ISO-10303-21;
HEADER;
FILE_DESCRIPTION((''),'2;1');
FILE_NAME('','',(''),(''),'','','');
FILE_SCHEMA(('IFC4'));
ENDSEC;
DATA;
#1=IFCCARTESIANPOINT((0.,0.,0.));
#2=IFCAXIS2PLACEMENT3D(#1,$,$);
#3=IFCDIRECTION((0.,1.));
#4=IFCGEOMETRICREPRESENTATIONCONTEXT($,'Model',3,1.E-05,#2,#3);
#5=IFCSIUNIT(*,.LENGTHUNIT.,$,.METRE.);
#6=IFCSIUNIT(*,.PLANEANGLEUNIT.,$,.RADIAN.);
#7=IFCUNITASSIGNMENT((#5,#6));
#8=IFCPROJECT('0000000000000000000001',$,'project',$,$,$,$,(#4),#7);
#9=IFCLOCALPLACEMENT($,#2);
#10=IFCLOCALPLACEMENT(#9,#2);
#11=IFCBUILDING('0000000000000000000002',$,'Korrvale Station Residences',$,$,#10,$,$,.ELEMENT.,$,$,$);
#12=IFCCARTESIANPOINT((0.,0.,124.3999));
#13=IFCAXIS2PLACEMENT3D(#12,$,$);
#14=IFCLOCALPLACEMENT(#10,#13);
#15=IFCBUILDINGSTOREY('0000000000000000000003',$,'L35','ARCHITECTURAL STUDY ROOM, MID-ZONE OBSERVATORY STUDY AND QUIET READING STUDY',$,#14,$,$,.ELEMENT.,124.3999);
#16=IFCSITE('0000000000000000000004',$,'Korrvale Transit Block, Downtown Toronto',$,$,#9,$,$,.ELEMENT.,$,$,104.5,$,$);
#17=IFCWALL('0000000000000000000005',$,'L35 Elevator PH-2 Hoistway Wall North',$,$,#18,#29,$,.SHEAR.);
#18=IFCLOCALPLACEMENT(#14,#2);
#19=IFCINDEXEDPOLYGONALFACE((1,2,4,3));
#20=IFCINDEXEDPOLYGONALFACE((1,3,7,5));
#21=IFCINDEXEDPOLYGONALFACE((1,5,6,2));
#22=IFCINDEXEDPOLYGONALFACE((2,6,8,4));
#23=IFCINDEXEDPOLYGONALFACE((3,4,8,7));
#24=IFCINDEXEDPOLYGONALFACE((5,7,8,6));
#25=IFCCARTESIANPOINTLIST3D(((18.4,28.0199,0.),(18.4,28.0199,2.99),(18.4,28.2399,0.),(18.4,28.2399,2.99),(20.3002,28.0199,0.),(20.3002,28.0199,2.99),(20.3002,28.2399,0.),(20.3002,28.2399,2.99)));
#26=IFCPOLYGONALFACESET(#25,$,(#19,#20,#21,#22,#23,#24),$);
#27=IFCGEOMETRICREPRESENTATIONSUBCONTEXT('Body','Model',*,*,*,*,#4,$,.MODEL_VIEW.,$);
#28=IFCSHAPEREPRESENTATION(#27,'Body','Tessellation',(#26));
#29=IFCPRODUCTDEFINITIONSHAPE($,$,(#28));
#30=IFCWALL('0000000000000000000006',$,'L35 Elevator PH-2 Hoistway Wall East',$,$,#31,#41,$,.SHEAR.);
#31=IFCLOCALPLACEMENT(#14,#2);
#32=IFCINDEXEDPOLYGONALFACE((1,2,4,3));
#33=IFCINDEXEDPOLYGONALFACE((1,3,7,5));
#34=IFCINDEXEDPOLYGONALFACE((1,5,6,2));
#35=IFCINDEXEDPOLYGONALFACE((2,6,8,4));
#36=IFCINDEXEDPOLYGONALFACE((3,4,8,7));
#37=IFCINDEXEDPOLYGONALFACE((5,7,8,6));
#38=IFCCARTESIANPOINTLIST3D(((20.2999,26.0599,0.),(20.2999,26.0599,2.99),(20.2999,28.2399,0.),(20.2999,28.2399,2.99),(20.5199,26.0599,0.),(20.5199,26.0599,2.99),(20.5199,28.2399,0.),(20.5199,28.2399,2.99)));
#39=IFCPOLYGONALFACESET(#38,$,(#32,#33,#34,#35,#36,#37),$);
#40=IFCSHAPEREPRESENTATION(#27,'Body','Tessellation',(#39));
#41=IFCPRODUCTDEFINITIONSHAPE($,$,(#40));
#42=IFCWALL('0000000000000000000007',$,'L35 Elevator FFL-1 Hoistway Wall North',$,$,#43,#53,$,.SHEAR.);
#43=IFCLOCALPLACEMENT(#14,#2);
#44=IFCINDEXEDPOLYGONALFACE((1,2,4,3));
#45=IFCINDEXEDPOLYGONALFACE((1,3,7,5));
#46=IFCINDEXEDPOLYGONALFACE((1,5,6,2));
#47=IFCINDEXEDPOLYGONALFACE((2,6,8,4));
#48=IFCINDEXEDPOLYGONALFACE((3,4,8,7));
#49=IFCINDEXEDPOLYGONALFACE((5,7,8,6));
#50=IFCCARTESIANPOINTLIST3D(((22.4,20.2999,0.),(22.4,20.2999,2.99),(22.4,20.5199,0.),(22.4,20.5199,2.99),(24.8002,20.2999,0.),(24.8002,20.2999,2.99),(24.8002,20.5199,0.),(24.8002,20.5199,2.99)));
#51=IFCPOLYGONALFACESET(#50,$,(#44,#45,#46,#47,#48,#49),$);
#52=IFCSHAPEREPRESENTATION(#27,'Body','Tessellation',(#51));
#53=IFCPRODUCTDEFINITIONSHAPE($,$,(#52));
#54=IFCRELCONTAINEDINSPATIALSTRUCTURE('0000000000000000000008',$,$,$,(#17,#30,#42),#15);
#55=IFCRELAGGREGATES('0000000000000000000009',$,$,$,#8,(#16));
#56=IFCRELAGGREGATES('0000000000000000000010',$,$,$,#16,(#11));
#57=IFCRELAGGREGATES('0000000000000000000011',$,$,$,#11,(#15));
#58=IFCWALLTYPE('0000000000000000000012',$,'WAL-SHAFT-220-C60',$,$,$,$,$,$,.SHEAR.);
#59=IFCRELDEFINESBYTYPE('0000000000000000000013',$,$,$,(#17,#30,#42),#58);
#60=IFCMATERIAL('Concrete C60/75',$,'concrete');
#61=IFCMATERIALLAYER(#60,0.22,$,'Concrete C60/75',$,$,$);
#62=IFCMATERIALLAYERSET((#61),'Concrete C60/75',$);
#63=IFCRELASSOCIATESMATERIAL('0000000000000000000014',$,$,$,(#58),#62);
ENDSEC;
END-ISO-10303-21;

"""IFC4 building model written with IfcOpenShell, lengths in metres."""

from ifc_helpers import new_model, si_unit, direction, frame, frame_2d, origin, place, context, subcontext, project, spatial, rectangle, extrude, material, layer, layer_set, type_object, element, save


model = new_model("IFC4")

# Units and contexts
model_context = context("Model", 3, precision=1e-05, world=origin(), true_north=direction((0.0, 1.0)))
body_context = subcontext(model_context, "Body", "Model", "MODEL_VIEW")
ifc_project = project(units=[si_unit("LENGTHUNIT", "METRE"), si_unit("PLANEANGLEUNIT", "RADIAN")], contexts=[model_context])

# Site, building, storey
site_placement = place(None, origin())
site = spatial("IfcSite", under=ifc_project, at=site_placement, Name="Korrvale Transit Block, Downtown Toronto", CompositionType="ELEMENT", RefElevation=104.5)
building_placement = place(site_placement, origin())
building = spatial("IfcBuilding", under=site, at=building_placement, Name="Korrvale Station Residences", CompositionType="ELEMENT")
storey_placement = place(building_placement, frame((0.0, 0.0, 124.3999)))
storey = spatial("IfcBuildingStorey", under=building, at=storey_placement, Name="L35", Description="ARCHITECTURAL STUDY ROOM, MID-ZONE OBSERVATORY STUDY AND QUIET READING STUDY", CompositionType="ELEMENT", Elevation=124.3999)

# Shared definitions
ifc_material_1 = material(Name="Concrete C60/75", Category="concrete")

# Shared definitions
ifc_layer_1 = layer(ifc_material_1, 0.22, Name="Concrete C60/75")
ifc_layer_set_1 = layer_set([ifc_layer_1], Name="Concrete C60/75")
wall_type_1 = type_object("IfcWallType", Name="WAL-SHAFT-220-C60", PredefinedType="SHEAR", material=ifc_layer_set_1)

# Walls
for number, where, z_axis, x_axis, name in (
    (1, (18.3999, 28.1299, 0.0), (0.0, 0.0, 1.0), (1.0, 0.0, 0.0), "L35 Elevator PH-2 Hoistway Wall North"),
):
    element("IfcWall", number, at=place(storey_placement, frame(where, z_axis=z_axis, x_axis=x_axis)), inside=storey, type_object=wall_type_1, Name=name, PredefinedType="SHEAR", context=body_context, shape_type="SweptSolid", body=[
        extrude(rectangle(XDim=1.9001, YDim=0.22, at=frame_2d((0.9502, 0.0))), origin(), (0.0, 0.0, 1.0), 2.99),
    ])
wall_1_placement = place(storey_placement, frame((20.4099, 26.0601, 0.0), z_axis=(0.0, 0.0, 1.0), x_axis=(0.0, 1.0, 0.0)))
element("IfcWall", 2, at=wall_1_placement, inside=storey, type_object=wall_type_1, Name="L35 Elevator PH-2 Hoistway Wall East", PredefinedType="SHEAR", context=body_context, shape_type="SweptSolid", body=[
    extrude(rectangle(XDim=2.1799, YDim=0.22, at=frame_2d((1.0898, 0.0))), origin(), (0.0, 0.0, 1.0), 2.99),
])
wall_2_placement = place(storey_placement, frame((22.3999, 20.4099, 0.0), z_axis=(0.0, 0.0, 1.0), x_axis=(1.0, 0.0, 0.0)))
element("IfcWall", 3, at=wall_2_placement, inside=storey, type_object=wall_type_1, Name="L35 Elevator FFL-1 Hoistway Wall North", PredefinedType="SHEAR", context=body_context, shape_type="SweptSolid", body=[
    extrude(rectangle(XDim=2.4001, YDim=0.22, at=frame_2d((1.2002, 0.0))), origin(), (0.0, 0.0, 1.0), 2.99),
])

save(model, "model.ifc")
